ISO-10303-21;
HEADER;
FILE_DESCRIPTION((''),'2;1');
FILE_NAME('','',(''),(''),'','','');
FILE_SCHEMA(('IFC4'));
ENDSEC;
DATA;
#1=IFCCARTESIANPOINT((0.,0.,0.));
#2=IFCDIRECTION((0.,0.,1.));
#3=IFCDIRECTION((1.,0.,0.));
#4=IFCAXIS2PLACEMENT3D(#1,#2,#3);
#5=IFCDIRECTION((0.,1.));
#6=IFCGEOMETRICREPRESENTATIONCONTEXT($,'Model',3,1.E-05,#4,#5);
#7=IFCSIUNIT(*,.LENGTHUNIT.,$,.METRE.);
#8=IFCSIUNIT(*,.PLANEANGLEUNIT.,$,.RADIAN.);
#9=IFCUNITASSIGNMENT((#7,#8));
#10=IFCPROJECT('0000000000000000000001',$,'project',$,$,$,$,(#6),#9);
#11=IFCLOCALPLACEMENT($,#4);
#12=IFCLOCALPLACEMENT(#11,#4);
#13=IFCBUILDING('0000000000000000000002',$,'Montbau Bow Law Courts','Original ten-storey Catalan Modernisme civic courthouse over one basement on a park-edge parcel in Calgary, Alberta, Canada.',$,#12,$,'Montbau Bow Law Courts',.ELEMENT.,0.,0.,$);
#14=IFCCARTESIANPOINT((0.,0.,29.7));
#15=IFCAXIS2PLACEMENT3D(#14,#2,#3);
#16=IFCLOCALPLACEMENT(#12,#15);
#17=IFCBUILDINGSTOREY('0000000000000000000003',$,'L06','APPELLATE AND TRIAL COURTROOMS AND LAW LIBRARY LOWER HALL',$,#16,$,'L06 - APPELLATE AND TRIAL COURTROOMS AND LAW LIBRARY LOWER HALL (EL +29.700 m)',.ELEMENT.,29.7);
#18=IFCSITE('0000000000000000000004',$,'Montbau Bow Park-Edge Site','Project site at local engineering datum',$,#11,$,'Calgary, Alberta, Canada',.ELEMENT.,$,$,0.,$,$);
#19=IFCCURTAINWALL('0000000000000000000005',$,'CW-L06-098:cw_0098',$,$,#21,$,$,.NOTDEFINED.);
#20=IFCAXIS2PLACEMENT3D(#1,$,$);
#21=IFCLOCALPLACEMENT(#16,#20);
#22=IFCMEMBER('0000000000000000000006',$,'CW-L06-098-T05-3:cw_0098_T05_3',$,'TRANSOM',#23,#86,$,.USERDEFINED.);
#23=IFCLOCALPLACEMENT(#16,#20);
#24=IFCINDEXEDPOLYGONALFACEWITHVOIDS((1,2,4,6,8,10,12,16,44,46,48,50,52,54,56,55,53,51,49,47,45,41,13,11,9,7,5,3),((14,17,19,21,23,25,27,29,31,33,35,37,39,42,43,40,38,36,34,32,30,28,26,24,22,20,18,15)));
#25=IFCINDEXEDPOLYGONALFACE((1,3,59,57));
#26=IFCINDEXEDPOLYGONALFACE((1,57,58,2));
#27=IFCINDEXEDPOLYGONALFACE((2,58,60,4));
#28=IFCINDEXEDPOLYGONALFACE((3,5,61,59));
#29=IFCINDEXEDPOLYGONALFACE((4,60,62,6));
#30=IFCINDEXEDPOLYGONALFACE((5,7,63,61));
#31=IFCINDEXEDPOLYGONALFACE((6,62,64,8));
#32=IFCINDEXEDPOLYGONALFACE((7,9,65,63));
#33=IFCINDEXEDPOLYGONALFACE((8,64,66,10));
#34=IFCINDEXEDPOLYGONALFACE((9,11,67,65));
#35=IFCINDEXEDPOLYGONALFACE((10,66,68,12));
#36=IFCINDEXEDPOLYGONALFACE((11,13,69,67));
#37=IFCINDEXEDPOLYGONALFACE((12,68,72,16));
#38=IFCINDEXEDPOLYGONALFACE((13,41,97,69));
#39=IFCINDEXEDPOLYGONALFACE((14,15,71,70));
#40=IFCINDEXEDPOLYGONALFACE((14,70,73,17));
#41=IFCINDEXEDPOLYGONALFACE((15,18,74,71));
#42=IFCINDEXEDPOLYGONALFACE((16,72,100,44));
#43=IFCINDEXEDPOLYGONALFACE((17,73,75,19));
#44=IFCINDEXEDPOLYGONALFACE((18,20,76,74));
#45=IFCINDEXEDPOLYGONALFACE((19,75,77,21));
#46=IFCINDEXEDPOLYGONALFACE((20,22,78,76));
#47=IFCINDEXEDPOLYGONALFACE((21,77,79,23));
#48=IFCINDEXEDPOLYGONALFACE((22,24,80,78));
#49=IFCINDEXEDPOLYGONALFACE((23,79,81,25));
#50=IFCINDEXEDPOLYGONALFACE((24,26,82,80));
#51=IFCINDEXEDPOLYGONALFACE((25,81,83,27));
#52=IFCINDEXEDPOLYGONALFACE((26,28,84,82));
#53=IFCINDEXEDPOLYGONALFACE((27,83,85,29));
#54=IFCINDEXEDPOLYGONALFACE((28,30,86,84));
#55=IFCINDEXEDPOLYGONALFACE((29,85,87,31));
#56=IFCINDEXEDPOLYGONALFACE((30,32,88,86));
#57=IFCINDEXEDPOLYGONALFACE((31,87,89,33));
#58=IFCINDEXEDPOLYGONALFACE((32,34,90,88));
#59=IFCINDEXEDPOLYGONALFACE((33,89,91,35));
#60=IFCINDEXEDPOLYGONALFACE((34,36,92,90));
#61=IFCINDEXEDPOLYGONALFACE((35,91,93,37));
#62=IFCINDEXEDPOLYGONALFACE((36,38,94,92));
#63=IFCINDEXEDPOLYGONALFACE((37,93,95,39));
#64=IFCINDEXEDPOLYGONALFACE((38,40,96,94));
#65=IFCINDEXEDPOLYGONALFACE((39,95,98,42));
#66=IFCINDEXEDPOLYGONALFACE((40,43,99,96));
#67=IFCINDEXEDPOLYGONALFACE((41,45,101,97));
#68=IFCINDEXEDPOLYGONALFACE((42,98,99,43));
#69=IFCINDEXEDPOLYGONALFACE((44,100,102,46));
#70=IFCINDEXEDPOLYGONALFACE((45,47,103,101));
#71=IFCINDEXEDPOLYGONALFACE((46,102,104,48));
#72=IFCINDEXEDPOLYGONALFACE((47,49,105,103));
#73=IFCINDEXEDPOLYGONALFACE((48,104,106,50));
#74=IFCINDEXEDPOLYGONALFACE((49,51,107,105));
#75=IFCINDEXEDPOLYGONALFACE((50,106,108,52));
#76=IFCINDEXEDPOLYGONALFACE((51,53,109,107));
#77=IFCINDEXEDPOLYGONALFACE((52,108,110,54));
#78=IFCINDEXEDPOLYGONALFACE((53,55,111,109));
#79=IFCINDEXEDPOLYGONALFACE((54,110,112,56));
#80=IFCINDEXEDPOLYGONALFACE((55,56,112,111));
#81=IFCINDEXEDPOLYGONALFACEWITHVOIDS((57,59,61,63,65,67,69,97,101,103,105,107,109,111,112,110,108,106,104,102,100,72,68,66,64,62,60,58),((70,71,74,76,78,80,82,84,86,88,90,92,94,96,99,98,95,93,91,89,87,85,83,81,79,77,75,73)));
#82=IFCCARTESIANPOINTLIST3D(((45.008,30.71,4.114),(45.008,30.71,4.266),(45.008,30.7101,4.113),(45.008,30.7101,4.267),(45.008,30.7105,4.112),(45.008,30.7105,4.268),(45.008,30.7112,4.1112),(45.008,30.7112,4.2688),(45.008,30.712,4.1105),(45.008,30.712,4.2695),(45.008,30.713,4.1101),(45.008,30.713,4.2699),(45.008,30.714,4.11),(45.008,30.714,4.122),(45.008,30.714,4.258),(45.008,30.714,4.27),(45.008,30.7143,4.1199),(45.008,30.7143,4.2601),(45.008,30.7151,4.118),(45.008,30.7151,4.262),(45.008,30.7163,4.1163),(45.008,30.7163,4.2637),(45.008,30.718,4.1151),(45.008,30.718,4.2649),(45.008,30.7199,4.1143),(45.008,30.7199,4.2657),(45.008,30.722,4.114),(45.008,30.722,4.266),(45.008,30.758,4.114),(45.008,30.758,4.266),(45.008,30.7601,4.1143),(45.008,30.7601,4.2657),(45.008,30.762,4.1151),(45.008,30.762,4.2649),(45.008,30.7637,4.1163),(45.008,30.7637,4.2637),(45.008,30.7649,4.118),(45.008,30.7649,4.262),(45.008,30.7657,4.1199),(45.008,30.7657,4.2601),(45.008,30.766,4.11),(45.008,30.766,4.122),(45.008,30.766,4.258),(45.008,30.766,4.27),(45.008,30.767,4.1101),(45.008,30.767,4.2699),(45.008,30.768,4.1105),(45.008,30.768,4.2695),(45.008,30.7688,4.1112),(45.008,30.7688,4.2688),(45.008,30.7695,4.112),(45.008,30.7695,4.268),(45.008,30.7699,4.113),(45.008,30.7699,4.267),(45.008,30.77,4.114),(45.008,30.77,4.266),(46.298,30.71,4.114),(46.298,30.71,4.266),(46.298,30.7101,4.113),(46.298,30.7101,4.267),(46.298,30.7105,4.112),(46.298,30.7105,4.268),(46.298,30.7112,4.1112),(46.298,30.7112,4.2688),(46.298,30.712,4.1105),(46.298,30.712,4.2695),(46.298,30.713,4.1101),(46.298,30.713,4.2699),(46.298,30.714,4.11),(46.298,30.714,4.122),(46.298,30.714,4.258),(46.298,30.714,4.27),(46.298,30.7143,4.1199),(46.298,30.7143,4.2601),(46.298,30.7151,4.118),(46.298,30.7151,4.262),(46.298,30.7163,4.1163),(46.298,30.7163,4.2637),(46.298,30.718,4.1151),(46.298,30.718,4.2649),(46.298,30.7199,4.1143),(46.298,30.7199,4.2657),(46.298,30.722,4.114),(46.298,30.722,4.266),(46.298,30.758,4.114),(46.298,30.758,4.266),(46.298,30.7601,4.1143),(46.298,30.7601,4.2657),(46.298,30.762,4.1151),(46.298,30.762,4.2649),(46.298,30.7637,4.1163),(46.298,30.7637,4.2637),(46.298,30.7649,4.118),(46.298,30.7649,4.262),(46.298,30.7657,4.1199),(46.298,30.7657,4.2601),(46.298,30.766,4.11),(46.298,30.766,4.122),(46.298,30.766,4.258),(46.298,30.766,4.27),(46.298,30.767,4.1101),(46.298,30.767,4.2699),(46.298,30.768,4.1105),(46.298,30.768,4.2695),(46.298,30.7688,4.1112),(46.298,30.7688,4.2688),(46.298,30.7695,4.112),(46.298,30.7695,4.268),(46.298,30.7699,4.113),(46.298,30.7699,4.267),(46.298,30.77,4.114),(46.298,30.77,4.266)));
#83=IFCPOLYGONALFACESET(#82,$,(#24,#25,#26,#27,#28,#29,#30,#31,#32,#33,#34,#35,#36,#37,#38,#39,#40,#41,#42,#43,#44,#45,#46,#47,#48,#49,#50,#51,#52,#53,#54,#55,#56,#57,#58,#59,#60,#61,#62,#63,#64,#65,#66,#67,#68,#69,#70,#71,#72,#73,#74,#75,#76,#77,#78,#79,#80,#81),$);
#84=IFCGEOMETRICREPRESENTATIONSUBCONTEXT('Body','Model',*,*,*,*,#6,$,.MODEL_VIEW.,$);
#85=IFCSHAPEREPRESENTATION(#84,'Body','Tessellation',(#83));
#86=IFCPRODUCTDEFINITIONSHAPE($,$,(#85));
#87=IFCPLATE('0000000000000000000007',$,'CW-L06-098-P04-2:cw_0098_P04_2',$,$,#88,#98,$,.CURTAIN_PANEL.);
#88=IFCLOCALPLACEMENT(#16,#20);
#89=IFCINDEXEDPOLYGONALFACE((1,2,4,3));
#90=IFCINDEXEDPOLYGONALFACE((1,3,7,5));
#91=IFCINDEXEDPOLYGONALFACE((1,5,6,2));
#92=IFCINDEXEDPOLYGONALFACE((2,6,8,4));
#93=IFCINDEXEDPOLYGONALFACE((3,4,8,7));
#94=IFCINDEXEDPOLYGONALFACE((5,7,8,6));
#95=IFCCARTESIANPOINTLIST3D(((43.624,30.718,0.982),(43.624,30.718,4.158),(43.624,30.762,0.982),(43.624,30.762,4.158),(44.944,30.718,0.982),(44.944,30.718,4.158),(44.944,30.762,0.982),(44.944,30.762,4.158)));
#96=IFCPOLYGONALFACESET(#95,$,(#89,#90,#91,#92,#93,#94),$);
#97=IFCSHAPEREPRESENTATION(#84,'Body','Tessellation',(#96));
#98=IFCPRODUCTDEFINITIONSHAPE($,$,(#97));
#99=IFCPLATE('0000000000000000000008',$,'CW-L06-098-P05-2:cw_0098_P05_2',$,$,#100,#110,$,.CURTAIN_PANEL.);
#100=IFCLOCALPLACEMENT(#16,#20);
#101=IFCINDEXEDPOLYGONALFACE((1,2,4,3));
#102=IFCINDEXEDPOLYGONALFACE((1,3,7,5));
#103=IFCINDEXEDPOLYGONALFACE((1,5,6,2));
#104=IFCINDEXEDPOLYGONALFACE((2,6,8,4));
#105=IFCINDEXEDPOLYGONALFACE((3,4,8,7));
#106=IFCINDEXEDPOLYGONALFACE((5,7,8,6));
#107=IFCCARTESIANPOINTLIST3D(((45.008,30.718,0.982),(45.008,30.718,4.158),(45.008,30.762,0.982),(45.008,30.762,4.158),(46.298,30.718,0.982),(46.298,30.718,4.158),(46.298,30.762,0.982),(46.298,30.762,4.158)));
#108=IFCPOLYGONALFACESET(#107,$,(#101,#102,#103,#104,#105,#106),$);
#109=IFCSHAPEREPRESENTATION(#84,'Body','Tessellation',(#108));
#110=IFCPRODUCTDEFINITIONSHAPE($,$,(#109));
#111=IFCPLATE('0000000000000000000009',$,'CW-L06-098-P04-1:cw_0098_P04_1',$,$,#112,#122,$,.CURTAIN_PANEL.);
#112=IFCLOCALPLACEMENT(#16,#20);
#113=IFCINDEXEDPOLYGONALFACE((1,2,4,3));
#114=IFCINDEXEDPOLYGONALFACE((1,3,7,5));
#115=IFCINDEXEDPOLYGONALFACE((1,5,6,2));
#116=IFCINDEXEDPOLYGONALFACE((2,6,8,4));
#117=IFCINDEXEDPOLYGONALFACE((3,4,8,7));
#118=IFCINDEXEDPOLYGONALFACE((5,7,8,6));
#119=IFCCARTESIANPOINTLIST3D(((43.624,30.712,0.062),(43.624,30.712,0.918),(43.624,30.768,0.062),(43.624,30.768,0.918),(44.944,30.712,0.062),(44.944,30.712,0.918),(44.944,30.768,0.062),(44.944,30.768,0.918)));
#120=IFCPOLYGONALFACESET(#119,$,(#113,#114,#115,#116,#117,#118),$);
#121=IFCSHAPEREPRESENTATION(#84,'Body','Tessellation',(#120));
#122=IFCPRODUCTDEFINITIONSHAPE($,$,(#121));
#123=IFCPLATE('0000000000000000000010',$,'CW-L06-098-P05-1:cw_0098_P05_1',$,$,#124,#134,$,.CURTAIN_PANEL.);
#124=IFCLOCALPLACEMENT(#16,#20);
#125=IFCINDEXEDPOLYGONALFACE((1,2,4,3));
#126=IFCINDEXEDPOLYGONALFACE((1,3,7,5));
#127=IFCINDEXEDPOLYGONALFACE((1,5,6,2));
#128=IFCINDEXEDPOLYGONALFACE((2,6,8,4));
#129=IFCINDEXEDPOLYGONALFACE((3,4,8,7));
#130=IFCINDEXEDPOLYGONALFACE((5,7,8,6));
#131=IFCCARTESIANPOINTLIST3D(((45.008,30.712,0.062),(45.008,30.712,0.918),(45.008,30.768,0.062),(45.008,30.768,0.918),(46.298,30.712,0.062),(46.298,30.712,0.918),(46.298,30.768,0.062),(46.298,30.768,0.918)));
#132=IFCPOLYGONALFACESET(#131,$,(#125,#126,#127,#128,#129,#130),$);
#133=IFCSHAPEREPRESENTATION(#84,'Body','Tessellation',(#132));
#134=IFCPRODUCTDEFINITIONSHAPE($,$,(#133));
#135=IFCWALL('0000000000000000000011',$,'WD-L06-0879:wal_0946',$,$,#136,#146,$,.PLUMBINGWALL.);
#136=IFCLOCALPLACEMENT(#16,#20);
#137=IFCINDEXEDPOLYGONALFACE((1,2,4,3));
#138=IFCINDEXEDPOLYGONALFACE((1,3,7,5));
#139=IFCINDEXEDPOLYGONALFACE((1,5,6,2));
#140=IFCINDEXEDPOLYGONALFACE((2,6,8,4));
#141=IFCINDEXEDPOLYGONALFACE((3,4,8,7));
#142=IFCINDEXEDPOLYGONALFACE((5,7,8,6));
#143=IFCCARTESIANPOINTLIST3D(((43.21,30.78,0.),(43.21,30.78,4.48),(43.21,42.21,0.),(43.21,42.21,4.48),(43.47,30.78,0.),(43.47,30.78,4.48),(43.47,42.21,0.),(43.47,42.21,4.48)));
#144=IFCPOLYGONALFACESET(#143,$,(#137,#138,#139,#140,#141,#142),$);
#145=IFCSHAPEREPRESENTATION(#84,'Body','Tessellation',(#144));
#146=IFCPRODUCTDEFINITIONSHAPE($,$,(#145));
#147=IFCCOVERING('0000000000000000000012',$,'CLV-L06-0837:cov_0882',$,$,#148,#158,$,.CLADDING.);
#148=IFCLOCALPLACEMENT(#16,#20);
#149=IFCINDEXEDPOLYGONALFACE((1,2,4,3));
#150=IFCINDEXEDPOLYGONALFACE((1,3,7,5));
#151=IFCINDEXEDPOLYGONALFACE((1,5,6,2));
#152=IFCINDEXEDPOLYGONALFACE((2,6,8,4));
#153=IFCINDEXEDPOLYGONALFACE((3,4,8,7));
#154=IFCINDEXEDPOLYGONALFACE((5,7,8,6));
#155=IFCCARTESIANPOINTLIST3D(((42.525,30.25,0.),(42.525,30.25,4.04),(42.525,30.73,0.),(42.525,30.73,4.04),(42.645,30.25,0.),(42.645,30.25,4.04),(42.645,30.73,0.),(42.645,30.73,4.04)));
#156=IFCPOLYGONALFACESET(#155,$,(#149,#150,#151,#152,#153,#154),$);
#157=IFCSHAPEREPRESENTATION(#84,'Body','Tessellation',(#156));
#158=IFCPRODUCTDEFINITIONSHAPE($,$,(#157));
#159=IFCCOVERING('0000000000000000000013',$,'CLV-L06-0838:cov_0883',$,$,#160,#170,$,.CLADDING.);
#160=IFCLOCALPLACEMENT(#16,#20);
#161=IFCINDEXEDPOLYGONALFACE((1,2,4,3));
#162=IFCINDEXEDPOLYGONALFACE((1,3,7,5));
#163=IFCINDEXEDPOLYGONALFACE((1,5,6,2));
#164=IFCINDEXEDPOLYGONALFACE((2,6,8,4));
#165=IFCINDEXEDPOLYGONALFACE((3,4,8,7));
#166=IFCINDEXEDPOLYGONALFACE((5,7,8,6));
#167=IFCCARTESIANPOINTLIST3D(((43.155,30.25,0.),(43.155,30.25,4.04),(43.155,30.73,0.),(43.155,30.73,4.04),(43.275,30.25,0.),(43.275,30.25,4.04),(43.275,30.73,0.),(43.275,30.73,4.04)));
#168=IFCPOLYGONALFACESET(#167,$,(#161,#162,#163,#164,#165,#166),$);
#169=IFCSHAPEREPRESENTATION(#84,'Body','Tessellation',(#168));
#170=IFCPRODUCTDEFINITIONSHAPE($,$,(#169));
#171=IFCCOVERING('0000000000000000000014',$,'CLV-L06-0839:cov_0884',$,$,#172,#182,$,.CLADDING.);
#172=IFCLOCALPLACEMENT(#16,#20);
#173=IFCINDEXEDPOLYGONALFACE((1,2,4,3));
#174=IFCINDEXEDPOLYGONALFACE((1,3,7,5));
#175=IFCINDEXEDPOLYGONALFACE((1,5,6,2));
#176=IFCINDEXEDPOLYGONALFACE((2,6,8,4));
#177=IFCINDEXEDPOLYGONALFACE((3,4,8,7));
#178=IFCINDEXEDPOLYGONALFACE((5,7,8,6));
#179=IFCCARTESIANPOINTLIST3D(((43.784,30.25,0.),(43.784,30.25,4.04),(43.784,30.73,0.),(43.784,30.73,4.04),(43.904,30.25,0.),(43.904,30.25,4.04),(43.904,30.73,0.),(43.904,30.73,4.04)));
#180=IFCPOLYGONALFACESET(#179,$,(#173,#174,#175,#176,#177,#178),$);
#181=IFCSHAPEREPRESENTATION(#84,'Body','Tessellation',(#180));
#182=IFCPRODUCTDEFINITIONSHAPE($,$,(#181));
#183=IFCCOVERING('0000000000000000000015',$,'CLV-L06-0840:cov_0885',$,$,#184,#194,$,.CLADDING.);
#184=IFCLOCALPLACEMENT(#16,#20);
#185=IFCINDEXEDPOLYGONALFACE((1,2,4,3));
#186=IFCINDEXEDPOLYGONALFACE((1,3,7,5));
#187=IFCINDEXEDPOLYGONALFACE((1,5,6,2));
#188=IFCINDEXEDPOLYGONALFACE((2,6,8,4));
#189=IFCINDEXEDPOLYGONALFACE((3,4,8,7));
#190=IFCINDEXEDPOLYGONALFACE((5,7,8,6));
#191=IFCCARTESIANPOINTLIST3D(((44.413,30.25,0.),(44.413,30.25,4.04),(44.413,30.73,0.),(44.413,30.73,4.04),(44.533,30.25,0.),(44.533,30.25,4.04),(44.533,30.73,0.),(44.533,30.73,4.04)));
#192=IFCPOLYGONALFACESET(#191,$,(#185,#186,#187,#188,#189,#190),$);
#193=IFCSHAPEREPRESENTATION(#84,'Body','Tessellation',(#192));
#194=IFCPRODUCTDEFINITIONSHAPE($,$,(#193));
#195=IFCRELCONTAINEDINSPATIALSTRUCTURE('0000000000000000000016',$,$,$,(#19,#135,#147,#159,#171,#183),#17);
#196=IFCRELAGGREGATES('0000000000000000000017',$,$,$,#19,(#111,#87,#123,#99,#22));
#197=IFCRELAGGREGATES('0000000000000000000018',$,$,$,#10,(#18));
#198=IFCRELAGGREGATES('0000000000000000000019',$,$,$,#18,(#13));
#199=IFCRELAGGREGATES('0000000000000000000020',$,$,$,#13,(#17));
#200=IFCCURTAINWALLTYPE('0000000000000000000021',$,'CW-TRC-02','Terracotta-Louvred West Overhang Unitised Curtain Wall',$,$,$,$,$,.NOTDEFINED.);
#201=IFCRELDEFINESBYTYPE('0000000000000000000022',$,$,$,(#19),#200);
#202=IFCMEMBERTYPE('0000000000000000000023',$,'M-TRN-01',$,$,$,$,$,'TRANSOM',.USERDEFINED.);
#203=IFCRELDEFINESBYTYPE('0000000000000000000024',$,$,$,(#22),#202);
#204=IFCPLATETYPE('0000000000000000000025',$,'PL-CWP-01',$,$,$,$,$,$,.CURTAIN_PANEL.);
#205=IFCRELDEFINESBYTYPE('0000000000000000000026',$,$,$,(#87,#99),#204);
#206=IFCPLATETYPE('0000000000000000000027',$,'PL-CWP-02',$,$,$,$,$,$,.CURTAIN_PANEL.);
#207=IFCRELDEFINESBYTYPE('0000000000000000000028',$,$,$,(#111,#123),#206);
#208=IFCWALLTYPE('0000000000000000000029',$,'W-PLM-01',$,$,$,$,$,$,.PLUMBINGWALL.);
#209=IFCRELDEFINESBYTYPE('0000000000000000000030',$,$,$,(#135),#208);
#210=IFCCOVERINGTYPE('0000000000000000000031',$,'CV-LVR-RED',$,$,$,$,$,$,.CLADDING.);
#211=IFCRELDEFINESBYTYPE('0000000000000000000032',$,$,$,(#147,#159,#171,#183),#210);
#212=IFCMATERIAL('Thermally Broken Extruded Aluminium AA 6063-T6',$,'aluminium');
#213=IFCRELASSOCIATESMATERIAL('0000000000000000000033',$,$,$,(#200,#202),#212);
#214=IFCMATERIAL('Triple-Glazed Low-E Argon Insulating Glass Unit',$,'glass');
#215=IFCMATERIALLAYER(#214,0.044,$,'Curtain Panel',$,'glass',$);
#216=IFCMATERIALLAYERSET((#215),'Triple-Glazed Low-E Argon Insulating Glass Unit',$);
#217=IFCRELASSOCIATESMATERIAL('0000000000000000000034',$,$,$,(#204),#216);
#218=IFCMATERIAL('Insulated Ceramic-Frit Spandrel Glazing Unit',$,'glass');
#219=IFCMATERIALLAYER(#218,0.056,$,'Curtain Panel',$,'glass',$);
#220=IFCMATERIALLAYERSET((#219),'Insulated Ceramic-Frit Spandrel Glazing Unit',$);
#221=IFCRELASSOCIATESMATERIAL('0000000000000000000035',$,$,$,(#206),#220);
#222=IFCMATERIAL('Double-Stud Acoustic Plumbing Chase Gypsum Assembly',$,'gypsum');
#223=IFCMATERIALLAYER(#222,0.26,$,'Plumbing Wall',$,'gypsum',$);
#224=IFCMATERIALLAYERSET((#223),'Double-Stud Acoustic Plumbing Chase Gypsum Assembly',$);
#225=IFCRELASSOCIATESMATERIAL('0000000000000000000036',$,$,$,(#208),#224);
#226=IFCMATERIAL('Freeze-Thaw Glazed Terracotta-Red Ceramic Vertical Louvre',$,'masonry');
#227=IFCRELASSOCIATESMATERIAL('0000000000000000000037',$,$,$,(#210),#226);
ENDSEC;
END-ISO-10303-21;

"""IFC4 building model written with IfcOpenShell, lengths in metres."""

from ifc_helpers import new_model, si_unit, direction, frame, frame_2d, origin_with_axes, origin_2d_with_axis, place, context, subcontext, project, spatial, rectangle, hollow_rectangle, extrude, material, layer, layer_set, material_profile, profile_set, type_object, element, aggregate, save


model = new_model("IFC4")

# Units and contexts
model_context = context("Model", 3, precision=1e-05, world=origin_with_axes(), true_north=direction((0.0, 1.0)))
body_context = subcontext(model_context, "Body", "Model", "MODEL_VIEW")
ifc_project = project(units=[si_unit("LENGTHUNIT", "METRE"), si_unit("PLANEANGLEUNIT", "RADIAN")], contexts=[model_context])

# Site, building, storey
site_placement = place(None, origin_with_axes())
site = spatial("IfcSite", under=ifc_project, at=site_placement, Name="Montbau Bow Park-Edge Site", Description="Project site at local engineering datum", LongName="Calgary, Alberta, Canada", CompositionType="ELEMENT", RefElevation=0.0)
building_placement = place(site_placement, origin_with_axes())
building = spatial("IfcBuilding", under=site, at=building_placement, Name="Montbau Bow Law Courts", Description="Original ten-storey Catalan Modernisme civic courthouse over one basement on a park-edge parcel in Calgary, Alberta, Canada.", LongName="Montbau Bow Law Courts", CompositionType="ELEMENT", ElevationOfRefHeight=0.0, ElevationOfTerrain=0.0)
storey_placement = place(building_placement, frame((0.0, 0.0, 29.7), z_axis=(0.0, 0.0, 1.0), x_axis=(1.0, 0.0, 0.0)))
storey = spatial("IfcBuildingStorey", under=building, at=storey_placement, Name="L06", Description="APPELLATE AND TRIAL COURTROOMS AND LAW LIBRARY LOWER HALL", LongName="L06 - APPELLATE AND TRIAL COURTROOMS AND LAW LIBRARY LOWER HALL (EL +29.700 m)", CompositionType="ELEMENT", Elevation=29.7)

# Curtain wall, member, plates
ifc_material_1 = material(Name="Thermally Broken Extruded Aluminium AA 6063-T6", Category="aluminium")
curtain_wall_type = type_object("IfcCurtainWallType", Name="CW-TRC-02", Description="Terracotta-Louvred West Overhang Unitised Curtain Wall", PredefinedType="NOTDEFINED", material=ifc_material_1)
curtain_wall_placement = place(None, frame((39.44, 30.74, 29.7), z_axis=(0.0, 0.0, 1.0), x_axis=(1.0, 0.0, 0.0)))
curtain_wall = element("IfcCurtainWall", 1, at=curtain_wall_placement, inside=storey, type_object=curtain_wall_type, Name="CW-L06-098:cw_0098", PredefinedType="NOTDEFINED")
ifc_material_profile_1 = material_profile(ifc_material_1, hollow_rectangle(XDim=0.06, YDim=0.16, WallThickness=0.004, InnerFilletRadius=0.008, OuterFilletRadius=0.004, at=origin_2d_with_axis()), Name="CWT-160X60", Category="Main", Priority=0)
ifc_profile_set_1 = profile_set([ifc_material_profile_1], Name="Thermally Broken Extruded Aluminium AA 6063-T6")
member_type_1 = type_object("IfcMemberType", Name="M-TRN-01", ElementType="TRANSOM", PredefinedType="USERDEFINED", material=ifc_profile_set_1)
member_1_placement = place(None, frame((45.008, 30.74, 33.89), z_axis=(1.0, 0.0, 0.0), x_axis=(0.0, 1.0, 0.0)))
member_1 = element("IfcMember", 2, at=member_1_placement, type_object=member_type_1, Name="CW-L06-098-T05-3:cw_0098_T05_3", ObjectType="TRANSOM", PredefinedType="USERDEFINED", context=body_context, shape_type="SweptSolid", body=[
    extrude(hollow_rectangle(XDim=0.06, YDim=0.16, WallThickness=0.004, InnerFilletRadius=0.008, OuterFilletRadius=0.004, at=origin_2d_with_axis()), origin_with_axes(), (0.0, 0.0, 1.0), 1.29),
])
ifc_material_2 = material(Name="Triple-Glazed Low-E Argon Insulating Glass Unit", Category="glass")
ifc_layer_1 = layer(ifc_material_2, 0.044, Name="Curtain Panel", Category="glass")
ifc_layer_set_1 = layer_set([ifc_layer_1], Name="Triple-Glazed Low-E Argon Insulating Glass Unit")
plate_type_1 = type_object("IfcPlateType", Name="PL-CWP-01", PredefinedType="CURTAIN_PANEL", material=ifc_layer_set_1)
plate_1_placement = place(None, frame((43.624, 30.74, 30.682), z_axis=(0.0, -1.0, 0.0), x_axis=(1.0, 0.0, 0.0)))
plate_1 = element("IfcPlate", 3, at=plate_1_placement, type_object=plate_type_1, Name="CW-L06-098-P04-2:cw_0098_P04_2", PredefinedType="CURTAIN_PANEL", context=body_context, shape_type="SweptSolid", body=[
    extrude(rectangle(XDim=1.32, YDim=3.176, at=frame_2d((0.66, 1.588), x_axis=(1.0, 0.0))), frame((0.0, 0.0, -0.022), z_axis=(0.0, 0.0, 1.0), x_axis=(1.0, 0.0, 0.0)), (0.0, 0.0, 1.0), 0.044),
])
plate_2_placement = place(None, frame((45.008, 30.74, 30.682), z_axis=(0.0, -1.0, 0.0), x_axis=(1.0, 0.0, 0.0)))
plate_2 = element("IfcPlate", 4, at=plate_2_placement, type_object=plate_type_1, Name="CW-L06-098-P05-2:cw_0098_P05_2", PredefinedType="CURTAIN_PANEL", context=body_context, shape_type="SweptSolid", body=[
    extrude(rectangle(XDim=1.29, YDim=3.176, at=frame_2d((0.645, 1.588), x_axis=(1.0, 0.0))), frame((0.0, 0.0, -0.022), z_axis=(0.0, 0.0, 1.0), x_axis=(1.0, 0.0, 0.0)), (0.0, 0.0, 1.0), 0.044),
])
ifc_material_3 = material(Name="Insulated Ceramic-Frit Spandrel Glazing Unit", Category="glass")
ifc_layer_2 = layer(ifc_material_3, 0.056, Name="Curtain Panel", Category="glass")
ifc_layer_set_2 = layer_set([ifc_layer_2], Name="Insulated Ceramic-Frit Spandrel Glazing Unit")
plate_type_2 = type_object("IfcPlateType", Name="PL-CWP-02", PredefinedType="CURTAIN_PANEL", material=ifc_layer_set_2)
plate_3_placement = place(None, frame((43.624, 30.74, 29.762), z_axis=(0.0, -1.0, 0.0), x_axis=(1.0, 0.0, 0.0)))
plate_3 = element("IfcPlate", 5, at=plate_3_placement, type_object=plate_type_2, Name="CW-L06-098-P04-1:cw_0098_P04_1", PredefinedType="CURTAIN_PANEL", context=body_context, shape_type="SweptSolid", body=[
    extrude(rectangle(XDim=1.32, YDim=0.856, at=frame_2d((0.66, 0.428), x_axis=(1.0, 0.0))), frame((0.0, 0.0, -0.028), z_axis=(0.0, 0.0, 1.0), x_axis=(1.0, 0.0, 0.0)), (0.0, 0.0, 1.0), 0.056),
])
plate_4_placement = place(None, frame((45.008, 30.74, 29.762), z_axis=(0.0, -1.0, 0.0), x_axis=(1.0, 0.0, 0.0)))
plate_4 = element("IfcPlate", 6, at=plate_4_placement, type_object=plate_type_2, Name="CW-L06-098-P05-1:cw_0098_P05_1", PredefinedType="CURTAIN_PANEL", context=body_context, shape_type="SweptSolid", body=[
    extrude(rectangle(XDim=1.29, YDim=0.856, at=frame_2d((0.645, 0.428), x_axis=(1.0, 0.0))), frame((0.0, 0.0, -0.028), z_axis=(0.0, 0.0, 1.0), x_axis=(1.0, 0.0, 0.0)), (0.0, 0.0, 1.0), 0.056),
])
aggregate(curtain_wall, [plate_3, plate_1, plate_4, plate_2, member_1])

# Wall
ifc_material_4 = material(Name="Double-Stud Acoustic Plumbing Chase Gypsum Assembly", Category="gypsum")
ifc_layer_3 = layer(ifc_material_4, 0.26, Name="Plumbing Wall", Category="gypsum")
ifc_layer_set_3 = layer_set([ifc_layer_3], Name="Double-Stud Acoustic Plumbing Chase Gypsum Assembly")
wall_type = type_object("IfcWallType", Name="W-PLM-01", PredefinedType="PLUMBINGWALL", material=ifc_layer_set_3)
wall_placement = place(None, frame((43.34, 30.78, 29.7), z_axis=(0.0, 0.0, 1.0), x_axis=(0.0, 1.0, 0.0)))
element("IfcWall", 7, at=wall_placement, inside=storey, type_object=wall_type, Name="WD-L06-0879:wal_0946", PredefinedType="PLUMBINGWALL", context=body_context, shape_type="SweptSolid", body=[
    extrude(rectangle(XDim=11.43, YDim=0.26, at=frame_2d((5.715, 0.0), x_axis=(1.0, 0.0))), origin_with_axes(), (0.0, 0.0, 1.0), 4.48),
])

# Coverings
ifc_material_5 = material(Name="Freeze-Thaw Glazed Terracotta-Red Ceramic Vertical Louvre", Category="masonry")
covering_type = type_object("IfcCoveringType", Name="CV-LVR-RED", PredefinedType="CLADDING", material=ifc_material_5)
for number, where, z_axis, x_axis, name in (
    (8, (42.585, 30.73, 29.7), (-1.0, 0.0, 0.0), (0.0, -1.0, 0.0), "CLV-L06-0837:cov_0882"),
    (9, (43.215, 30.73, 29.7), (-1.0, 0.0, 0.0), (0.0, -1.0, 0.0), "CLV-L06-0838:cov_0883"),
    (10, (43.844, 30.73, 29.7), (-1.0, 0.0, 0.0), (0.0, -1.0, 0.0), "CLV-L06-0839:cov_0884"),
    (11, (44.473, 30.73, 29.7), (-1.0, 0.0, 0.0), (0.0, -1.0, 0.0), "CLV-L06-0840:cov_0885"),
):
    element("IfcCovering", number, at=place(None, frame(where, z_axis=z_axis, x_axis=x_axis)), inside=storey, type_object=covering_type, Name=name, PredefinedType="CLADDING", context=body_context, shape_type="SweptSolid", body=[
        extrude(rectangle(XDim=0.48, YDim=4.04, at=frame_2d((0.24, 2.02), x_axis=(1.0, 0.0))), frame((0.0, 0.0, -0.06), z_axis=(0.0, 0.0, 1.0), x_axis=(1.0, 0.0, 0.0)), (0.0, 0.0, 1.0), 0.12),
    ])

save(model, "model.ifc")
